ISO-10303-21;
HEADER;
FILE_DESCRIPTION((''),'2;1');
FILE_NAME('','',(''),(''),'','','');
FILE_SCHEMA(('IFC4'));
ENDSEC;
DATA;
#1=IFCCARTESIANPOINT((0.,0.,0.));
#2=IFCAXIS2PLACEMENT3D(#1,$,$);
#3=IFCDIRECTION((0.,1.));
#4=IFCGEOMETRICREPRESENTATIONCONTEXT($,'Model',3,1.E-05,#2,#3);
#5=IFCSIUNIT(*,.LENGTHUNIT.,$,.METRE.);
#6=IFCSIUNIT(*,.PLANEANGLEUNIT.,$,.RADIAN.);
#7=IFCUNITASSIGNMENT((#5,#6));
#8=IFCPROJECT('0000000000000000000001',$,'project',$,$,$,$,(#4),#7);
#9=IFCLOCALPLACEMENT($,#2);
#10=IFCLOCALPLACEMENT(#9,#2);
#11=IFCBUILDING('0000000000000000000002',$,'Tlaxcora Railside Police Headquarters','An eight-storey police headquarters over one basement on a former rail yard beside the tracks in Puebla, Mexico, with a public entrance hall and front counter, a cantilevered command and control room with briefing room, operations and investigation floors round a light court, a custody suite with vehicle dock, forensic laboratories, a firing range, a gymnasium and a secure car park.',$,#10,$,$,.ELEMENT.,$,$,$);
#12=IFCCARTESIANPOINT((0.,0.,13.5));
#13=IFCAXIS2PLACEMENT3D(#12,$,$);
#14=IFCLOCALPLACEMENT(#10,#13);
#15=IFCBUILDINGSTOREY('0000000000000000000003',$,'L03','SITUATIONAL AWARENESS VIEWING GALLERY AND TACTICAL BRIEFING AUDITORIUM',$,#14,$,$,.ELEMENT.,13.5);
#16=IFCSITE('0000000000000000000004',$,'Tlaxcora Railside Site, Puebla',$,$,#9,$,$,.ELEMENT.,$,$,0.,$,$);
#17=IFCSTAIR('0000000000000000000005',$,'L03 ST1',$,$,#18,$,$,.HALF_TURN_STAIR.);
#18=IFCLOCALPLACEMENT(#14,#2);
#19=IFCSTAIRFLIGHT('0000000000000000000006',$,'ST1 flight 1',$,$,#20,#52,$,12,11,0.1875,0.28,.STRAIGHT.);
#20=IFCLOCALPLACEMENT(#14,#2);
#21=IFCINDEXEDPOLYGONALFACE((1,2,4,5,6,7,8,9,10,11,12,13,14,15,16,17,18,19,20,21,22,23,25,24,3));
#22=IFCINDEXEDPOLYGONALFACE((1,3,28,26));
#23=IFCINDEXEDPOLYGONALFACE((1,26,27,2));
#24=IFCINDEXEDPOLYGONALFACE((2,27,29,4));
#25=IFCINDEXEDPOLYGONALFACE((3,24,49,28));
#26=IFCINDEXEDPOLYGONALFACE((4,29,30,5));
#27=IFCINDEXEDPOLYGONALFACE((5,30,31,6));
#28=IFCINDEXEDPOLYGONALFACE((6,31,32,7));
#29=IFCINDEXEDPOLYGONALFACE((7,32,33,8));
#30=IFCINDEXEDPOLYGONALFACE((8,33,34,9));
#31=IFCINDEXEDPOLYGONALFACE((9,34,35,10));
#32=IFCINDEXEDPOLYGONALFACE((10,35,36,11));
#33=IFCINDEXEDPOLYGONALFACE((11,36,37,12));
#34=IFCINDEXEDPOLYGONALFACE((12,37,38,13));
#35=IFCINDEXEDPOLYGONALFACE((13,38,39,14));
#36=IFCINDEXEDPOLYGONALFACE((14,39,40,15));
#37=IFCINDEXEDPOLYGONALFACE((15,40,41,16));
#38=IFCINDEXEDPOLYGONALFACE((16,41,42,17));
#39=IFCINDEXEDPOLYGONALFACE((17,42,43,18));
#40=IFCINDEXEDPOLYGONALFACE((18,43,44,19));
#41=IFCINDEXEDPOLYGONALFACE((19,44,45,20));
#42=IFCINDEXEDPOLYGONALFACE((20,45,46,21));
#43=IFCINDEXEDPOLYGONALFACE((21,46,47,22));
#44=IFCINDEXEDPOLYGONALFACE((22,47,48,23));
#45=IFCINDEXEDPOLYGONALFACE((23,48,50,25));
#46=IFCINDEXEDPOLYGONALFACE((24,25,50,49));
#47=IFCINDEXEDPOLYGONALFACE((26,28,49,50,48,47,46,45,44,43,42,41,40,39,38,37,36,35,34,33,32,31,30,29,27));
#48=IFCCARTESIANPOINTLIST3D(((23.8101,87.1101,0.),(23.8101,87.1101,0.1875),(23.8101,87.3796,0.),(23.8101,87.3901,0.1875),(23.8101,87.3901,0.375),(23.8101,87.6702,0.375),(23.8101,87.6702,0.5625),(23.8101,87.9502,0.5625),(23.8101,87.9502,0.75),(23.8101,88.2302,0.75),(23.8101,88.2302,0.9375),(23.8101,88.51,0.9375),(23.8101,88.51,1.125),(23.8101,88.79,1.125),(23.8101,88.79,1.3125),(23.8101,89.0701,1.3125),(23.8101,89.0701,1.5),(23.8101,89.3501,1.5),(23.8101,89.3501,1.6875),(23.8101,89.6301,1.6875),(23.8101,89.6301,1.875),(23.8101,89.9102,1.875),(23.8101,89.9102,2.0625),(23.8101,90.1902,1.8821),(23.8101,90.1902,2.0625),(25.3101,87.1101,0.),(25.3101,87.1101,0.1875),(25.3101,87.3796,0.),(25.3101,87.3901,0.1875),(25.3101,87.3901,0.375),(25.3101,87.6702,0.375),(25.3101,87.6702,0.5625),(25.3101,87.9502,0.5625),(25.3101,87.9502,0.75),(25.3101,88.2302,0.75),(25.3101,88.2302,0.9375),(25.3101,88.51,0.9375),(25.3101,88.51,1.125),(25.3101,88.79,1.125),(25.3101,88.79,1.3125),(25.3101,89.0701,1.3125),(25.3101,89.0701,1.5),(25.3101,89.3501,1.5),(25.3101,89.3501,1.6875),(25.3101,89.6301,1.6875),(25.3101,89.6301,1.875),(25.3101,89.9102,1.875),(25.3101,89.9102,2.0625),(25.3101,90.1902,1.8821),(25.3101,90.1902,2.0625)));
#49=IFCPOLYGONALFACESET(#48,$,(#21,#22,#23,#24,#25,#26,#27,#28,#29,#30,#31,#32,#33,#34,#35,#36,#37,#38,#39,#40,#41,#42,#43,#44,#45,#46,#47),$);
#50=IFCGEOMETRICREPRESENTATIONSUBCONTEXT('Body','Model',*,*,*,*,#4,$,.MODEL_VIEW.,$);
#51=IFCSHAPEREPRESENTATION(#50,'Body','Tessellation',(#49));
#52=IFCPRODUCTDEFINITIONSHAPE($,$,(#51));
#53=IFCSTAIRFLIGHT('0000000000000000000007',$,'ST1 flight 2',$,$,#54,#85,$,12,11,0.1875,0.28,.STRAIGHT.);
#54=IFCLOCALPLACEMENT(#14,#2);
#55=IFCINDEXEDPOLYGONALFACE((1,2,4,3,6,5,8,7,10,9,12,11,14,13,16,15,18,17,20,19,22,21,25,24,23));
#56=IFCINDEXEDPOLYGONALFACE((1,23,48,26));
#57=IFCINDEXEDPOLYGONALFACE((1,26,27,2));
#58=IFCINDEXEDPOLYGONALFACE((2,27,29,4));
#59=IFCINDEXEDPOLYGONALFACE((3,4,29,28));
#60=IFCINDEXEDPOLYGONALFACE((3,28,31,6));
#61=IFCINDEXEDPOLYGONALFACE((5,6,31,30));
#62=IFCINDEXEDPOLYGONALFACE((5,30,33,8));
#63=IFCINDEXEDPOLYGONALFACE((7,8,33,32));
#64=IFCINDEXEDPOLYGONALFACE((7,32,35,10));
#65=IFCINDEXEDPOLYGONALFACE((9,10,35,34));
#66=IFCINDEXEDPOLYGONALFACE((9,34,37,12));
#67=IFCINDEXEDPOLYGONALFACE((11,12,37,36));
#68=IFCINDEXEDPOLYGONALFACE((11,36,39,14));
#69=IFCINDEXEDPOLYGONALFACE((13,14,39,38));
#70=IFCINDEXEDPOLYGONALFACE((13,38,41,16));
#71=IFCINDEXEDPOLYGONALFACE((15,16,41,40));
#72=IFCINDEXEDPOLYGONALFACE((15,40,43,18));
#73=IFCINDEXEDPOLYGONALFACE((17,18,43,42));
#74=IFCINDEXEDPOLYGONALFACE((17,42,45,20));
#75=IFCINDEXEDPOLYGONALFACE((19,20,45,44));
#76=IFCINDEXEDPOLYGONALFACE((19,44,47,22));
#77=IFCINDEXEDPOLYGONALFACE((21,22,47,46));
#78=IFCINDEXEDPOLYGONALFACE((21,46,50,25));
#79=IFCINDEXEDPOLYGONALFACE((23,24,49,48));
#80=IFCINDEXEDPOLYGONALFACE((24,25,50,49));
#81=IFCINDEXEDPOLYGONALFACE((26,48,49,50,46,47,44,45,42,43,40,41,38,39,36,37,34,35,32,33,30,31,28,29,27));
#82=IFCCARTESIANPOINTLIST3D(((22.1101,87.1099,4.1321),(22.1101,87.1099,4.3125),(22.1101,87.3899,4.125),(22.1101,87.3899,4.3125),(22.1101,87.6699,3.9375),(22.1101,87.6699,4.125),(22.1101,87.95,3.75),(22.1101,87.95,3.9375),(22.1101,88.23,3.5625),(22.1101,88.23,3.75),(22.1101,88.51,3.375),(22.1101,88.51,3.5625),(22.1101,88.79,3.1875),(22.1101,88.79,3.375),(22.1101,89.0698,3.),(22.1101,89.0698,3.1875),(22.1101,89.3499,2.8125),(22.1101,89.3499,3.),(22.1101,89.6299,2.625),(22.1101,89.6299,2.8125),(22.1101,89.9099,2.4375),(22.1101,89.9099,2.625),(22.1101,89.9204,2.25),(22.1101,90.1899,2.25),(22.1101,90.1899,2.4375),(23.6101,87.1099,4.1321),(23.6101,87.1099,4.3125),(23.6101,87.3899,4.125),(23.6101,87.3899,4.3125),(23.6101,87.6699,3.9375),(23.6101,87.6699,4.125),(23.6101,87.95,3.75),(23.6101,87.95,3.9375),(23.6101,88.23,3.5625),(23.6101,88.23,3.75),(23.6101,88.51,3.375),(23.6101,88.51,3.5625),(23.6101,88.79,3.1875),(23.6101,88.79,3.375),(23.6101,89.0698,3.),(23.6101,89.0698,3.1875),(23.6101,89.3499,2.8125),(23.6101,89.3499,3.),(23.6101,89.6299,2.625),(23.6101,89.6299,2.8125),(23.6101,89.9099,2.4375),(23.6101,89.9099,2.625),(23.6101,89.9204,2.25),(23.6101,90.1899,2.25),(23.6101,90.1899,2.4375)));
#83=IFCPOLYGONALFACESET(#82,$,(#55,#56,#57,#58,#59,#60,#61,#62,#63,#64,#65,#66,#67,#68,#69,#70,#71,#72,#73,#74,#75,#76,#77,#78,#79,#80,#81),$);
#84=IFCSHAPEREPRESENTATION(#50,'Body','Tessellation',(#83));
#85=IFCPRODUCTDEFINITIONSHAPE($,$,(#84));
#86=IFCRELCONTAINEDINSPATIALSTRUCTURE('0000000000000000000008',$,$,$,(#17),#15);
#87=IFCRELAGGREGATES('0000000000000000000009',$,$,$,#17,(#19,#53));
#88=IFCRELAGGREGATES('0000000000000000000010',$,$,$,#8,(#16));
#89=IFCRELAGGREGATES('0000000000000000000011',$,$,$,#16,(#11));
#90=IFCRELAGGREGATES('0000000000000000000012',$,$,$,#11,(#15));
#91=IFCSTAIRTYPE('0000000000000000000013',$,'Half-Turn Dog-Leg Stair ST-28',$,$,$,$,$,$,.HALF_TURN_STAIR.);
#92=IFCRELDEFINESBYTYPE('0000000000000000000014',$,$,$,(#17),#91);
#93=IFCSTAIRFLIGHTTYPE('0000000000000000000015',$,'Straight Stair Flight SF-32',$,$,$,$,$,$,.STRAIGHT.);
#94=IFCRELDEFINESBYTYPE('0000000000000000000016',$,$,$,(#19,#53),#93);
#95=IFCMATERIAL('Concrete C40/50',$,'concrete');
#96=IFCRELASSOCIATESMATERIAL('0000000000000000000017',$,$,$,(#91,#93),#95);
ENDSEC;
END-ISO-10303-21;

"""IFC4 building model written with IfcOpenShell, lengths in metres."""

from ifc_helpers import new_model, si_unit, direction, frame, origin, place, context, subcontext, project, spatial, polyline, outline, extrude, material, type_object, element, aggregate, save


model = new_model("IFC4")

# Units and contexts
model_context = context("Model", 3, precision=1e-05, world=origin(), true_north=direction((0.0, 1.0)))
body_context = subcontext(model_context, "Body", "Model", "MODEL_VIEW")
ifc_project = project(units=[si_unit("LENGTHUNIT", "METRE"), si_unit("PLANEANGLEUNIT", "RADIAN")], contexts=[model_context])

# Site, building, storey
site_placement = place(None, origin())
site = spatial("IfcSite", under=ifc_project, at=site_placement, Name="Tlaxcora Railside Site, Puebla", CompositionType="ELEMENT", RefElevation=0.0)
building_placement = place(site_placement, origin())
building = spatial("IfcBuilding", under=site, at=building_placement, Name="Tlaxcora Railside Police Headquarters", Description="An eight-storey police headquarters over one basement on a former rail yard beside the tracks in Puebla, Mexico, with a public entrance hall and front counter, a cantilevered command and control room with briefing room, operations and investigation floors round a light court, a custody suite with vehicle dock, forensic laboratories, a firing range, a gymnasium and a secure car park.", CompositionType="ELEMENT")
storey_placement = place(building_placement, frame((0.0, 0.0, 13.5)))
storey = spatial("IfcBuildingStorey", under=building, at=storey_placement, Name="L03", Description="SITUATIONAL AWARENESS VIEWING GALLERY AND TACTICAL BRIEFING AUDITORIUM", CompositionType="ELEMENT", Elevation=13.5)

# Shared definitions
ifc_material_1 = material(Name="Concrete C40/50", Category="concrete")

# Stair, stair flights
stair_type = type_object("IfcStairType", Name="Half-Turn Dog-Leg Stair ST-28", PredefinedType="HALF_TURN_STAIR", material=ifc_material_1)
stair_placement = place(storey_placement, origin())
stair = element("IfcStair", 1, at=stair_placement, inside=storey, type_object=stair_type, Name="L03 ST1", PredefinedType="HALF_TURN_STAIR")
stair_flight_type = type_object("IfcStairFlightType", Name="Straight Stair Flight SF-32", PredefinedType="STRAIGHT", material=ifc_material_1)
stair_flight_1_placement = place(storey_placement, frame((24.5601, 87.1101, 0.0), z_axis=(0.0, 0.0, 1.0), x_axis=(0.0, 1.0, 0.0)))
stair_flight_1 = element("IfcStairFlight", 2, at=stair_flight_1_placement, type_object=stair_flight_type, Name="ST1 flight 1", NumberOfRisers=12, NumberOfTreads=11, PredefinedType="STRAIGHT", RiserHeight=0.1875, TreadLength=0.28, context=body_context, shape_type="SweptSolid", body=[
    extrude(outline(polyline([(0.0, 0.0), (0.0, 0.1875), (0.28, 0.1875), (0.28, 0.375), (0.5601, 0.375), (0.5601, 0.5625), (0.8401, 0.5625), (0.8401, 0.75), (1.1201, 0.75), (1.1201, 0.9375), (1.3999, 0.9375), (1.3999, 1.125), (1.6799, 1.125), (1.6799, 1.3125), (1.96, 1.3125), (1.96, 1.5), (2.24, 1.5), (2.24, 1.6875), (2.52, 1.6875), (2.52, 1.875), (2.8, 1.875), (2.8, 2.0625), (3.0801, 2.0625), (3.0801, 2.25), (3.0801, 1.8821), (0.2695, 0.0), (0.0, 0.0)])), frame((0.0, 0.75, 0.0), z_axis=(0.0, -1.0, 0.0), x_axis=(1.0, 0.0, 0.0)), (0.0, 0.0, 1.0), 1.5),
])
stair_flight_2_placement = place(storey_placement, frame((22.8601, 90.1899, 2.25), z_axis=(0.0, 0.0, 1.0), x_axis=(0.0, -1.0, 0.0)))
stair_flight_2 = element("IfcStairFlight", 3, at=stair_flight_2_placement, type_object=stair_flight_type, Name="ST1 flight 2", NumberOfRisers=12, NumberOfTreads=11, PredefinedType="STRAIGHT", RiserHeight=0.1875, TreadLength=0.28, context=body_context, shape_type="SweptSolid", body=[
    extrude(outline(polyline([(0.0, 0.0), (0.0, 0.1875), (0.28, 0.1875), (0.28, 0.375), (0.5601, 0.375), (0.5601, 0.5625), (0.8401, 0.5625), (0.8401, 0.75), (1.1201, 0.75), (1.1201, 0.9375), (1.3999, 0.9375), (1.3999, 1.125), (1.6799, 1.125), (1.6799, 1.3125), (1.96, 1.3125), (1.96, 1.5), (2.24, 1.5), (2.24, 1.6875), (2.52, 1.6875), (2.52, 1.875), (2.8, 1.875), (2.8, 2.0625), (3.0801, 2.0625), (3.0801, 2.25), (3.0801, 1.8821), (0.2695, 0.0), (0.0, 0.0)])), frame((0.0, 0.75, 0.0), z_axis=(0.0, -1.0, 0.0), x_axis=(1.0, 0.0, 0.0)), (0.0, 0.0, 1.0), 1.5),
])
aggregate(stair, [stair_flight_1, stair_flight_2])

save(model, "model.ifc")
